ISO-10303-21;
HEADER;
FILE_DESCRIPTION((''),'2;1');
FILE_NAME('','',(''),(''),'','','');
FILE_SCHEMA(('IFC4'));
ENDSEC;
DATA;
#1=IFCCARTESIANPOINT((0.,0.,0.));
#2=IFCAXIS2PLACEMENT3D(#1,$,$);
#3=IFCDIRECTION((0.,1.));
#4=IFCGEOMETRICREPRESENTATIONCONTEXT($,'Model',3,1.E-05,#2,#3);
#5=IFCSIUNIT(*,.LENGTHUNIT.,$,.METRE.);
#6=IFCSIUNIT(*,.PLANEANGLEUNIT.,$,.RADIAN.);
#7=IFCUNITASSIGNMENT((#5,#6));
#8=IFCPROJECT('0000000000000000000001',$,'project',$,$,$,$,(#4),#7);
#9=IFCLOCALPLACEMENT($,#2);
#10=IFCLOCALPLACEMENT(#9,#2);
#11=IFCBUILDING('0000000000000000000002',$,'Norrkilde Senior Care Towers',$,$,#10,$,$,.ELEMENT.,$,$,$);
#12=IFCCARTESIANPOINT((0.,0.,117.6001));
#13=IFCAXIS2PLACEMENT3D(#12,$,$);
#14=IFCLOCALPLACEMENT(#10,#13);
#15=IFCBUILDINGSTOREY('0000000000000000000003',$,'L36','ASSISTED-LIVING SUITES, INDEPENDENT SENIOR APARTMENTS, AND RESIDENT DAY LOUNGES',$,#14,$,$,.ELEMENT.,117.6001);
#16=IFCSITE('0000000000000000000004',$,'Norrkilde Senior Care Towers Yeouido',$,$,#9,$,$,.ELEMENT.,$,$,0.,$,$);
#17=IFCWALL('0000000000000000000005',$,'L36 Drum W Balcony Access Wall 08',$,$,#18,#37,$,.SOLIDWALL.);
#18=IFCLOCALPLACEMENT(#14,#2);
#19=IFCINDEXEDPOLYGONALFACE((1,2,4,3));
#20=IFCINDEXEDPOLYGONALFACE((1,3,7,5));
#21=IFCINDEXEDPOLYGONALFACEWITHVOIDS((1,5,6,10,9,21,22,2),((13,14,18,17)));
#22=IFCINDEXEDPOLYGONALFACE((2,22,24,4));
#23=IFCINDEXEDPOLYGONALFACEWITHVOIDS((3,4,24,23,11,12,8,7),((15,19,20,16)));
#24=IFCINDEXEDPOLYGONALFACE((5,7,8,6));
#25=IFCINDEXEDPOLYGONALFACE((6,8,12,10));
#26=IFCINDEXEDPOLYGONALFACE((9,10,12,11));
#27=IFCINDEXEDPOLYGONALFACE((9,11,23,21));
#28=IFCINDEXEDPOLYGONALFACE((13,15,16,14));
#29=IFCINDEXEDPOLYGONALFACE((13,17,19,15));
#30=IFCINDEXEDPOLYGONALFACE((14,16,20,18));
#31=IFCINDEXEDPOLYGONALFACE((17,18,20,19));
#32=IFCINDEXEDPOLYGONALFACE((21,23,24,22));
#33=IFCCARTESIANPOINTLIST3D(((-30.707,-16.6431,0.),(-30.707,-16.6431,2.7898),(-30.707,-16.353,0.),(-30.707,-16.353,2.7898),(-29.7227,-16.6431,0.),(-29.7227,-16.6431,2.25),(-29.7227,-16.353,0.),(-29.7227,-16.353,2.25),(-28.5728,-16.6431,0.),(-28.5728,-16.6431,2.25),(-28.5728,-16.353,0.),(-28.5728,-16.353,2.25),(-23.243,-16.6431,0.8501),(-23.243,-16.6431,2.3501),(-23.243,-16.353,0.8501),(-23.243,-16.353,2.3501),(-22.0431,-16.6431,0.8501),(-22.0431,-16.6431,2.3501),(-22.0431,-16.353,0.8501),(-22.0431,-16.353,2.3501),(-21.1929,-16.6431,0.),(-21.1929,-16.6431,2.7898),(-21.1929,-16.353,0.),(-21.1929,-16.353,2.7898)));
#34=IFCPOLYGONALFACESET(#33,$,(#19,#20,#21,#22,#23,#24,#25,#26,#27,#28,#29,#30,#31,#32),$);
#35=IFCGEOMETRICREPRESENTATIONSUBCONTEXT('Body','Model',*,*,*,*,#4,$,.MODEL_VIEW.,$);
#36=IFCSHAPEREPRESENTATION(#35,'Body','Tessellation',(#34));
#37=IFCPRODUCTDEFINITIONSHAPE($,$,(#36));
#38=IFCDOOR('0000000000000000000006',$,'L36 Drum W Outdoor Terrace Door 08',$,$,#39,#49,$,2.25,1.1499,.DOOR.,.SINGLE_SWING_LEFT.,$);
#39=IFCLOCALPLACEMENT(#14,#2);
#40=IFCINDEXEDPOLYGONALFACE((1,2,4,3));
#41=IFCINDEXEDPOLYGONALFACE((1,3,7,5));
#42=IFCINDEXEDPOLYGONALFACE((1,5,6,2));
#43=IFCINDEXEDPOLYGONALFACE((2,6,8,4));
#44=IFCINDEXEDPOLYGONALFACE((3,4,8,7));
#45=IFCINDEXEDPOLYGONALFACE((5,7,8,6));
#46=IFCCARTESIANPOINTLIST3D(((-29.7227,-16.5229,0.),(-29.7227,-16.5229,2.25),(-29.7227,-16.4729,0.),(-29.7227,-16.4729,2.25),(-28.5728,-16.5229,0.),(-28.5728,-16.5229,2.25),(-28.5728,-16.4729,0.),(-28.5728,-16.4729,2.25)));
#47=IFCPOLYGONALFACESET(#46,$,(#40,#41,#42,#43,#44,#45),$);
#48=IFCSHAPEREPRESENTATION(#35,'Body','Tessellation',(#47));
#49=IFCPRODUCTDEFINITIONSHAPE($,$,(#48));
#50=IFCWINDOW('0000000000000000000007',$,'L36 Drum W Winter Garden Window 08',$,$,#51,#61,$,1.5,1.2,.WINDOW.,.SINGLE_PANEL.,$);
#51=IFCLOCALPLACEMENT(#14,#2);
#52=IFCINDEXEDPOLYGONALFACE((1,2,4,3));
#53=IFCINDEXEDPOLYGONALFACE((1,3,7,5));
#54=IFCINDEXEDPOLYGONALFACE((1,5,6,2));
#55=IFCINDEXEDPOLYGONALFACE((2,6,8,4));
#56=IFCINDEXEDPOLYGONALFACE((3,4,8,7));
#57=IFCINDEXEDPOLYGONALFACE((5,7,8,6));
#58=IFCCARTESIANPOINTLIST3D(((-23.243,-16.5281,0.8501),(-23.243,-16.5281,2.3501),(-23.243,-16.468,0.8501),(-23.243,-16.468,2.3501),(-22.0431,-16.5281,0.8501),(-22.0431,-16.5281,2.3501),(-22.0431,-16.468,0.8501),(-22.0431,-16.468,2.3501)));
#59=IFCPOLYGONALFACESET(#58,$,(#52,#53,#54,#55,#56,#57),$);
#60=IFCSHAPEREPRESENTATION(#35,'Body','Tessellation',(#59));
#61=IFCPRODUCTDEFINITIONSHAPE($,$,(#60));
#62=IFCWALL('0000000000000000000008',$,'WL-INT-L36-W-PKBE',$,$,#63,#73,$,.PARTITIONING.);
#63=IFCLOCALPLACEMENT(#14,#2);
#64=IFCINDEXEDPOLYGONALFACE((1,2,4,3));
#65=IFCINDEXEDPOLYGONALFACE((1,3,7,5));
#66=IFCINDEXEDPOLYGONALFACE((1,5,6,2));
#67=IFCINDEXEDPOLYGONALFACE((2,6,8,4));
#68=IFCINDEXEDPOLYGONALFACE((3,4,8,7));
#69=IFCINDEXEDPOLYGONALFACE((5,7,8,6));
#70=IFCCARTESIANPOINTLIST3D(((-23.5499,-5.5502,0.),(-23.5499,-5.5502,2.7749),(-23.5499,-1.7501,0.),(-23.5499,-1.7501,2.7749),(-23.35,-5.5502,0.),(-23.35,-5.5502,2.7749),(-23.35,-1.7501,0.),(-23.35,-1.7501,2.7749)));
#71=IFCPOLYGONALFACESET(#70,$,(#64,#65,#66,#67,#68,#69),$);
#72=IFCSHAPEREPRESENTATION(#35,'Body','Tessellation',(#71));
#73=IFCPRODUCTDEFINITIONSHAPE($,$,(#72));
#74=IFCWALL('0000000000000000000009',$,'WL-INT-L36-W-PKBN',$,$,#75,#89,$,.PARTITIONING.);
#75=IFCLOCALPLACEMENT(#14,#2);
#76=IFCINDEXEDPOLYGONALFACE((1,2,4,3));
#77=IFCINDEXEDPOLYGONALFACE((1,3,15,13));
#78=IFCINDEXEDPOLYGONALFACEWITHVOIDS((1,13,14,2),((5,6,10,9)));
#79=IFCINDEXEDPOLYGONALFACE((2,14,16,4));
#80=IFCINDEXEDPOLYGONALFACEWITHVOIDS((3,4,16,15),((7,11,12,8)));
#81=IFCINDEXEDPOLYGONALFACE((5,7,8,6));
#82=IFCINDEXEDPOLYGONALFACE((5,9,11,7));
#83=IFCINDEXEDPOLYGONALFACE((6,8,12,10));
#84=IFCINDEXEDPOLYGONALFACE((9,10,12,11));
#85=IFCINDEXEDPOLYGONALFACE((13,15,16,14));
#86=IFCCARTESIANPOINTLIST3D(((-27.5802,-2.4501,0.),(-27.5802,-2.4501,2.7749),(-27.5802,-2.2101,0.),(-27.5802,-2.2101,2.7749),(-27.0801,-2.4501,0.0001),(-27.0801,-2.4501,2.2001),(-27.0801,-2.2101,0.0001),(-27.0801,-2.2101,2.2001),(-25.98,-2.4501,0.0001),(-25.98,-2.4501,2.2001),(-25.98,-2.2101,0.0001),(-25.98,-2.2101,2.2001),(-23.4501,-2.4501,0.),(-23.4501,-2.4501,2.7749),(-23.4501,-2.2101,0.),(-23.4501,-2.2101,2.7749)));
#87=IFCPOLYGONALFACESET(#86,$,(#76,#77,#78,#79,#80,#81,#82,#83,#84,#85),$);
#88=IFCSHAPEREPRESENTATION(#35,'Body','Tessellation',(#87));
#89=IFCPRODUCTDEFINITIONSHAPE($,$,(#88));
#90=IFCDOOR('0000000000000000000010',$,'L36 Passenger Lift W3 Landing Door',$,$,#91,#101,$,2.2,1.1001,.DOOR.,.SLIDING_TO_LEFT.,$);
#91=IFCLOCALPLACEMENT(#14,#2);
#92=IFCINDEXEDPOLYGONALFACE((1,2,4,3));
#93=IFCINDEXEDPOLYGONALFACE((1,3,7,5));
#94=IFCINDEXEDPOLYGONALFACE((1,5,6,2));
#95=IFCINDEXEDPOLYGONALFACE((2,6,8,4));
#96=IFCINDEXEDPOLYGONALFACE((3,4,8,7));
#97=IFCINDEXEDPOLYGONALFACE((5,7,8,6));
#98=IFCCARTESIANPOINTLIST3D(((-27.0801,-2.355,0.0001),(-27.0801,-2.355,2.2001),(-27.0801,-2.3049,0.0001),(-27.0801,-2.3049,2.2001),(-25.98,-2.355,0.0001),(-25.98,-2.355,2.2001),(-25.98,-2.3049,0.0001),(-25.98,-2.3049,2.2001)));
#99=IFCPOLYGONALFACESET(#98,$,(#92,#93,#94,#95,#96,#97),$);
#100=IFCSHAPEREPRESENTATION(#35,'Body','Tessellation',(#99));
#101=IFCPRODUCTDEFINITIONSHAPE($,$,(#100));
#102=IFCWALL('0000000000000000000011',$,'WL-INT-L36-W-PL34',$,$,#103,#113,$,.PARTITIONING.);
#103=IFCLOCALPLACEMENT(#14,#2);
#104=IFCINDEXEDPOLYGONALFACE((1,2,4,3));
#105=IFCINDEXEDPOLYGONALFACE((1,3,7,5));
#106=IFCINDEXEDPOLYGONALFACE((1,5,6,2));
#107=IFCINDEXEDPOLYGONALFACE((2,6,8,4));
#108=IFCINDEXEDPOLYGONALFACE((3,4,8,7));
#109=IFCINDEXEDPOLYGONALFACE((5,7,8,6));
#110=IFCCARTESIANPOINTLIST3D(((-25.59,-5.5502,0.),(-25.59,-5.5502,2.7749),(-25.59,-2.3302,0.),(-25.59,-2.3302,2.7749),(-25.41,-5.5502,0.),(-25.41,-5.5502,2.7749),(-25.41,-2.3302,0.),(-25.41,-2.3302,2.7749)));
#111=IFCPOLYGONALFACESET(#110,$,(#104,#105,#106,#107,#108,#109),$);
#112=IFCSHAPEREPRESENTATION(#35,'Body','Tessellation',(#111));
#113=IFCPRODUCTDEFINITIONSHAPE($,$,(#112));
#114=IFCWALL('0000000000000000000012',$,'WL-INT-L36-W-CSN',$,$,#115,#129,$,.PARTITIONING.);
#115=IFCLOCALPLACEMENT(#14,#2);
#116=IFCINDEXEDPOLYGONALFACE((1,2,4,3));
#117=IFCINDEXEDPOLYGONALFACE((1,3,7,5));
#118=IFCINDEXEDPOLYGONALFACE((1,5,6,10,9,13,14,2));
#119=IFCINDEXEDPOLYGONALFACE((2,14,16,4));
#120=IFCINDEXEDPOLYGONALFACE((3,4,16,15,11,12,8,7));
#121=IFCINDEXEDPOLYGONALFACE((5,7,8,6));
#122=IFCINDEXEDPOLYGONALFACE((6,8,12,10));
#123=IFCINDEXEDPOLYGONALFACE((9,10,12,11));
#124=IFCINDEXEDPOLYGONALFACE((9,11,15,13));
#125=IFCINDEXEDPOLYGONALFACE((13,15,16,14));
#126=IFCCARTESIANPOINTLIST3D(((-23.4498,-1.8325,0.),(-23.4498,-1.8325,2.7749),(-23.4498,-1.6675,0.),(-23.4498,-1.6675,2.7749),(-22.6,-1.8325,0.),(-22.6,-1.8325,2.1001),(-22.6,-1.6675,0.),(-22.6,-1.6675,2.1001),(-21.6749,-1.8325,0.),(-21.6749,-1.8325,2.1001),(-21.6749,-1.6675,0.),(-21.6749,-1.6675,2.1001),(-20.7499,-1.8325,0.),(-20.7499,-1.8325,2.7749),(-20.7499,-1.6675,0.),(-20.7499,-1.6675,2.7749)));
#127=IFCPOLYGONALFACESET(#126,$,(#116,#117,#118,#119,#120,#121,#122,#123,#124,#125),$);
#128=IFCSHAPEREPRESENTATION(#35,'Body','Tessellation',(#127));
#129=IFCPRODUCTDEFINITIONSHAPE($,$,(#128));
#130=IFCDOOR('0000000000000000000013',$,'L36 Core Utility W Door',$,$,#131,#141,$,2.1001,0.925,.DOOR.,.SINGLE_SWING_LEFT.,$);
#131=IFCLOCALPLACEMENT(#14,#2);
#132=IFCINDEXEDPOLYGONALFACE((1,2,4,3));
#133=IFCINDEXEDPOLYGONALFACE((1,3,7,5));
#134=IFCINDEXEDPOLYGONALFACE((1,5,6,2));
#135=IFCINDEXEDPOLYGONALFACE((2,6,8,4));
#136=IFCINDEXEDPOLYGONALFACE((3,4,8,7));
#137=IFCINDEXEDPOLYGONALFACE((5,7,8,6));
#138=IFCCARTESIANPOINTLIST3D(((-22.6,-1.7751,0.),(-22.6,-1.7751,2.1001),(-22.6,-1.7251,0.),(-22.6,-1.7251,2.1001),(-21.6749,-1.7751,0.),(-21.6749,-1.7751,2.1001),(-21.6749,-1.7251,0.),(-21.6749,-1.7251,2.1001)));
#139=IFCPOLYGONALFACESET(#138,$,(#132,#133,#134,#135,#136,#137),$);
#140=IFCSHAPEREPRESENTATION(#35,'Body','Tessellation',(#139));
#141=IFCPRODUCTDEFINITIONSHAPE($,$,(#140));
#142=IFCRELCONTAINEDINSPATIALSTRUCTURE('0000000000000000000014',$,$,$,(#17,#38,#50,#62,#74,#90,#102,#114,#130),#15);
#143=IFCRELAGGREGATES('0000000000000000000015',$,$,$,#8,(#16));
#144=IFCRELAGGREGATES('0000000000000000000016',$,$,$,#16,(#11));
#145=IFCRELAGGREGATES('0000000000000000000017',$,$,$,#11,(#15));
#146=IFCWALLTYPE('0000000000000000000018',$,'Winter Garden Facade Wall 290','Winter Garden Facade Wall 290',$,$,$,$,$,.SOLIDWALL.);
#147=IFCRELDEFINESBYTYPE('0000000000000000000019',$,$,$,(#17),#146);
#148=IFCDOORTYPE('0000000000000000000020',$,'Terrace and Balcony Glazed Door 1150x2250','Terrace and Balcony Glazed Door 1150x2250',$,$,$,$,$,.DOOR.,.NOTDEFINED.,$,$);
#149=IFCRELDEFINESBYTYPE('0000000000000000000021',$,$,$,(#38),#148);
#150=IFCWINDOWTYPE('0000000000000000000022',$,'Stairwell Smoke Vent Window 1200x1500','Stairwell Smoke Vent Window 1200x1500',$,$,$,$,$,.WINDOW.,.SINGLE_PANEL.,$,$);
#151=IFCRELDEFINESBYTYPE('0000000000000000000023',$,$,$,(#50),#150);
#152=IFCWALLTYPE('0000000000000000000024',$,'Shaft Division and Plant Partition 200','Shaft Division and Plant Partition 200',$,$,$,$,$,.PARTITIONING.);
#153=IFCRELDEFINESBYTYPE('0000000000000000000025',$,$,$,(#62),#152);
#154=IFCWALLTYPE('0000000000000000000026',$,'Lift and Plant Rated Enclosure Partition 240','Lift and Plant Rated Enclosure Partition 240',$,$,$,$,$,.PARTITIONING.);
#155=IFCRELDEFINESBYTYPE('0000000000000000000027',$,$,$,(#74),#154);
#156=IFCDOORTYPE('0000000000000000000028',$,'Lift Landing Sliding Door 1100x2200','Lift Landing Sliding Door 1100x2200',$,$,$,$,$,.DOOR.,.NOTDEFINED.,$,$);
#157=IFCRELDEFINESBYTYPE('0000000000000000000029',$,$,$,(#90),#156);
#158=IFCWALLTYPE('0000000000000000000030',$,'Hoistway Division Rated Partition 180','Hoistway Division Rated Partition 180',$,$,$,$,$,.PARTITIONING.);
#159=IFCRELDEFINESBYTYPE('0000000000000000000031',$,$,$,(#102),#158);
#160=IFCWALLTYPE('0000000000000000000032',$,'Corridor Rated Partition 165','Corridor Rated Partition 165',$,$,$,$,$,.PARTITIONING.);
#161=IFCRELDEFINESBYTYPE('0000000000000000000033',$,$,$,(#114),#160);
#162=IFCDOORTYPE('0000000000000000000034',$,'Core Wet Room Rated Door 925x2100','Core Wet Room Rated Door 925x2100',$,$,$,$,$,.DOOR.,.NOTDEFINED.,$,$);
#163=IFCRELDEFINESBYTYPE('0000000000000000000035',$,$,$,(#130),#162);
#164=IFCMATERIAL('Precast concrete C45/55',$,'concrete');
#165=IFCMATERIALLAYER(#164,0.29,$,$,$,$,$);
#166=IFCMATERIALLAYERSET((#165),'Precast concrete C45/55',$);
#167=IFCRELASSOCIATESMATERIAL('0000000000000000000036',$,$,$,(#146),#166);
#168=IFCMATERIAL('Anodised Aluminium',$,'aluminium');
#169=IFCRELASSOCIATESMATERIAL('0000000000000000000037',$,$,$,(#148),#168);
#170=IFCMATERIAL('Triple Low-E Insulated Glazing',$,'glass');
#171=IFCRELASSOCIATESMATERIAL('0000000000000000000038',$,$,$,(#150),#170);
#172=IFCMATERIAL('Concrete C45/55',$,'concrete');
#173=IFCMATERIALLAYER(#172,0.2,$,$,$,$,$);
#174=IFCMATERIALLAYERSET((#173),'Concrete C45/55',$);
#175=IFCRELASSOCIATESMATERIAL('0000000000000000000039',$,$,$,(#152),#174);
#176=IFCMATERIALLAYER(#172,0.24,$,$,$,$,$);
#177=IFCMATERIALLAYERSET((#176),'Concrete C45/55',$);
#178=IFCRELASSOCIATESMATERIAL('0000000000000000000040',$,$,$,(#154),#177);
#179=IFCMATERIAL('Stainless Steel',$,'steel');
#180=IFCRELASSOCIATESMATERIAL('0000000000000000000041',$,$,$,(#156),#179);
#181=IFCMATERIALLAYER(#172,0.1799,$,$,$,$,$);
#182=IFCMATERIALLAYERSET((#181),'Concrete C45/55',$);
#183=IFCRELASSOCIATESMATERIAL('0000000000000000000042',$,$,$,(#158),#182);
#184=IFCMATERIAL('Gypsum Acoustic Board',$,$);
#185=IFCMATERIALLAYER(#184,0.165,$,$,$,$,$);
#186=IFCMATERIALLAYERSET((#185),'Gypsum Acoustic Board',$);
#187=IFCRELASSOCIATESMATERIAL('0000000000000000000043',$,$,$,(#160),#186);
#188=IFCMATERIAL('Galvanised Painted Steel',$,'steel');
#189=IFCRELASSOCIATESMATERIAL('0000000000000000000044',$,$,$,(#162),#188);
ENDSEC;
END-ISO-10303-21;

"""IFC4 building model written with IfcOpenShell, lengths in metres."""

from ifc_helpers import new_model, si_unit, direction, frame, frame_2d, origin, place, context, subcontext, project, spatial, rectangle, extrude, source, transform, mapped, material, layer, layer_set, type_object, type_shapes, element, fill, save


model = new_model("IFC4")

# Units and contexts
model_context = context("Model", 3, precision=1e-05, world=origin(), true_north=direction((0.0, 1.0)))
body_context = subcontext(model_context, "Body", "Model", "MODEL_VIEW")
ifc_project = project(units=[si_unit("LENGTHUNIT", "METRE"), si_unit("PLANEANGLEUNIT", "RADIAN")], contexts=[model_context])

# Site, building, storey
site_placement = place(None, origin())
site = spatial("IfcSite", under=ifc_project, at=site_placement, Name="Norrkilde Senior Care Towers Yeouido", CompositionType="ELEMENT", RefElevation=0.0)
building_placement = place(site_placement, origin())
building = spatial("IfcBuilding", under=site, at=building_placement, Name="Norrkilde Senior Care Towers", CompositionType="ELEMENT")
storey_placement = place(building_placement, frame((0.0, 0.0, 117.6001)))
storey = spatial("IfcBuildingStorey", under=building, at=storey_placement, Name="L36", Description="ASSISTED-LIVING SUITES, INDEPENDENT SENIOR APARTMENTS, AND RESIDENT DAY LOUNGES", CompositionType="ELEMENT", Elevation=117.6001)

# Shared definitions
ifc_material_1 = material(Name="Triple Low-E Insulated Glazing", Category="glass")
ifc_material_2 = material(Name="Anodised Aluminium", Category="aluminium")

# Wall, openings, door, window
ifc_material_3 = material(Name="Precast concrete C45/55", Category="concrete")
ifc_layer_1 = layer(ifc_material_3, 0.29)
ifc_layer_set_1 = layer_set([ifc_layer_1], Name="Precast concrete C45/55")
wall_type_1 = type_object("IfcWallType", Name="Winter Garden Facade Wall 290", Description="Winter Garden Facade Wall 290", PredefinedType="SOLIDWALL", material=ifc_layer_set_1)
shared_shape_1 = source(origin(), body_context, "Body", "SweptSolid", [
    extrude(rectangle(XDim=9.5142, YDim=0.29, at=frame_2d((4.7571, 0.0))), origin(), (0.0, 0.0, 1.0), 2.7898),
])
type_shapes(wall_type_1, [shared_shape_1])
wall_1_placement = place(storey_placement, frame((-21.1929, -16.498, 0.0), z_axis=(0.0, 0.0, 1.0), x_axis=(-1.0, 0.0, 0.0)))
wall_1 = element("IfcWall", 1, at=wall_1_placement, inside=storey, type_object=wall_type_1, Name="L36 Drum W Balcony Access Wall 08", PredefinedType="SOLIDWALL", context=body_context, shape_type="MappedRepresentation", body=[
    mapped(shared_shape_1, transform((0.0, 0.0, 0.0), x_axis=(1.0, 0.0, 0.0), y_axis=(0.0, 1.0, 0.0), z_axis=(0.0, 0.0, 1.0), scale=1.0)),
])
opening_1_placement = place(wall_1_placement, frame((7.3799, 0.0, 0.0)))
opening_1 = element("IfcOpeningElement", 2, at=opening_1_placement, cuts=wall_1, PredefinedType="OPENING", context=body_context, shape_type="SweptSolid", body=[
    extrude(rectangle(XDim=1.1499, YDim=2.25, at=frame_2d((0.575, 1.125))), frame((0.0, 0.155, 0.0), z_axis=(0.0, -1.0, 0.0), x_axis=(1.0, 0.0, 0.0)), (0.0, 0.0, 1.0), 0.3101),
])
opening_2_placement = place(wall_1_placement, frame((0.8501, 0.0, 0.8501)))
opening_2 = element("IfcOpeningElement", 3, at=opening_2_placement, cuts=wall_1, PredefinedType="OPENING", context=body_context, shape_type="SweptSolid", body=[
    extrude(rectangle(XDim=1.2, YDim=1.5, at=frame_2d((0.6001, 0.75))), frame((0.0, 0.155, 0.0), z_axis=(0.0, -1.0, 0.0), x_axis=(1.0, 0.0, 0.0)), (0.0, 0.0, 1.0), 0.3101),
])
door_type_1 = type_object("IfcDoorType", Name="Terrace and Balcony Glazed Door 1150x2250", Description="Terrace and Balcony Glazed Door 1150x2250", OperationType="NOTDEFINED", PredefinedType="DOOR", material=ifc_material_2)
shared_shape_2 = source(origin(), body_context, "Body", "SweptSolid", [
    extrude(rectangle(XDim=1.1499, YDim=2.25, at=frame_2d((0.575, 1.125))), frame((0.0, 0.0249, 0.0), z_axis=(0.0, -1.0, 0.0), x_axis=(1.0, 0.0, 0.0)), (0.0, 0.0, 1.0), 0.05),
])
type_shapes(door_type_1, [shared_shape_2])
door_1_placement = place(opening_1_placement, origin())
door_1 = element("IfcDoor", 4, at=door_1_placement, inside=storey, type_object=door_type_1, Name="L36 Drum W Outdoor Terrace Door 08", OperationType="SINGLE_SWING_LEFT", OverallHeight=2.25, OverallWidth=1.1499, PredefinedType="DOOR", context=body_context, shape_type="MappedRepresentation", body=[
    mapped(shared_shape_2, transform((0.0, 0.0, 0.0), x_axis=(1.0, 0.0, 0.0), y_axis=(0.0, 1.0, 0.0), z_axis=(0.0, 0.0, 1.0), scale=1.0)),
])
fill(opening_1, door_1)
window_type = type_object("IfcWindowType", Name="Stairwell Smoke Vent Window 1200x1500", Description="Stairwell Smoke Vent Window 1200x1500", PartitioningType="SINGLE_PANEL", PredefinedType="WINDOW", material=ifc_material_1)
shared_shape_3 = source(origin(), body_context, "Body", "SweptSolid", [
    extrude(rectangle(XDim=1.2, YDim=1.5, at=frame_2d((0.6001, 0.75))), frame((0.0, 0.03, 0.0), z_axis=(0.0, -1.0, 0.0), x_axis=(1.0, 0.0, 0.0)), (0.0, 0.0, 1.0), 0.0601),
])
type_shapes(window_type, [shared_shape_3])
window_placement = place(opening_2_placement, origin())
window = element("IfcWindow", 5, at=window_placement, inside=storey, type_object=window_type, Name="L36 Drum W Winter Garden Window 08", OverallHeight=1.5, OverallWidth=1.2, PartitioningType="SINGLE_PANEL", PredefinedType="WINDOW", context=body_context, shape_type="MappedRepresentation", body=[
    mapped(shared_shape_3, transform((0.0, 0.0, 0.0), x_axis=(1.0, 0.0, 0.0), y_axis=(0.0, 1.0, 0.0), z_axis=(0.0, 0.0, 1.0), scale=1.0)),
])
fill(opening_2, window)

# Wall
ifc_material_4 = material(Name="Concrete C45/55", Category="concrete")
ifc_layer_2 = layer(ifc_material_4, 0.2)
ifc_layer_set_2 = layer_set([ifc_layer_2], Name="Concrete C45/55")
wall_type_2 = type_object("IfcWallType", Name="Shaft Division and Plant Partition 200", Description="Shaft Division and Plant Partition 200", PredefinedType="PARTITIONING", material=ifc_layer_set_2)
shared_shape_4 = source(origin(), body_context, "Body", "SweptSolid", [
    extrude(rectangle(XDim=3.8, YDim=0.2, at=frame_2d((1.8999, 0.0))), origin(), (0.0, 0.0, 1.0), 2.7749),
])
type_shapes(wall_type_2, [shared_shape_4])
wall_2_placement = place(storey_placement, frame((-23.45, -5.55, 0.0), z_axis=(0.0, 0.0, 1.0), x_axis=(0.0, 1.0, 0.0)))
element("IfcWall", 6, at=wall_2_placement, inside=storey, type_object=wall_type_2, Name="WL-INT-L36-W-PKBE", PredefinedType="PARTITIONING", context=body_context, shape_type="MappedRepresentation", body=[
    mapped(shared_shape_4, transform((0.0, 0.0, 0.0), x_axis=(1.0, 0.0, 0.0), y_axis=(0.0, 1.0, 0.0), z_axis=(0.0, 0.0, 1.0), scale=1.0)),
])

# Wall, opening, door
ifc_layer_3 = layer(ifc_material_4, 0.24)
ifc_layer_set_3 = layer_set([ifc_layer_3], Name="Concrete C45/55")
wall_type_3 = type_object("IfcWallType", Name="Lift and Plant Rated Enclosure Partition 240", Description="Lift and Plant Rated Enclosure Partition 240", PredefinedType="PARTITIONING", material=ifc_layer_set_3)
shared_shape_5 = source(origin(), body_context, "Body", "SweptSolid", [
    extrude(rectangle(XDim=4.1301, YDim=0.24, at=frame_2d((2.0649, 0.0))), origin(), (0.0, 0.0, 1.0), 2.7749),
])
type_shapes(wall_type_3, [shared_shape_5])
wall_3_placement = place(storey_placement, frame((-27.5801, -2.3301, 0.0), z_axis=(0.0, 0.0, 1.0), x_axis=(1.0, 0.0, 0.0)))
wall_3 = element("IfcWall", 7, at=wall_3_placement, inside=storey, type_object=wall_type_3, Name="WL-INT-L36-W-PKBN", PredefinedType="PARTITIONING", context=body_context, shape_type="MappedRepresentation", body=[
    mapped(shared_shape_5, transform((0.0, 0.0, 0.0), x_axis=(1.0, 0.0, 0.0), y_axis=(0.0, 1.0, 0.0), z_axis=(0.0, 0.0, 1.0), scale=1.0)),
])
opening_3_placement = place(wall_3_placement, frame((0.5, 0.0, 0.0)))
opening_3 = element("IfcOpeningElement", 8, at=opening_3_placement, cuts=wall_3, PredefinedType="OPENING", context=body_context, shape_type="SweptSolid", body=[
    extrude(rectangle(XDim=1.1001, YDim=2.2, at=frame_2d((0.55, 1.1001))), frame((0.0, 0.1299, 0.0), z_axis=(0.0, -1.0, 0.0), x_axis=(1.0, 0.0, 0.0)), (0.0, 0.0, 1.0), 0.26),
])
ifc_material_5 = material(Name="Stainless Steel", Category="steel")
door_type_2 = type_object("IfcDoorType", Name="Lift Landing Sliding Door 1100x2200", Description="Lift Landing Sliding Door 1100x2200", OperationType="NOTDEFINED", PredefinedType="DOOR", material=ifc_material_5)
shared_shape_6 = source(origin(), body_context, "Body", "SweptSolid", [
    extrude(rectangle(XDim=1.1001, YDim=2.2, at=frame_2d((0.55, 1.1001))), frame((0.0, 0.0249, 0.0), z_axis=(0.0, -1.0, 0.0), x_axis=(1.0, 0.0, 0.0)), (0.0, 0.0, 1.0), 0.05),
])
type_shapes(door_type_2, [shared_shape_6])
door_2_placement = place(opening_3_placement, frame((1.1001, 0.0, 0.0), z_axis=(0.0, 0.0, 1.0), x_axis=(-1.0, 0.0, 0.0)))
door_2 = element("IfcDoor", 9, at=door_2_placement, inside=storey, type_object=door_type_2, Name="L36 Passenger Lift W3 Landing Door", OperationType="SLIDING_TO_LEFT", OverallHeight=2.2, OverallWidth=1.1001, PredefinedType="DOOR", context=body_context, shape_type="MappedRepresentation", body=[
    mapped(shared_shape_6, transform((0.0, 0.0, 0.0), x_axis=(1.0, 0.0, 0.0), y_axis=(0.0, 1.0, 0.0), z_axis=(0.0, 0.0, 1.0), scale=1.0)),
])
fill(opening_3, door_2)

# Wall
ifc_layer_4 = layer(ifc_material_4, 0.1799)
ifc_layer_set_4 = layer_set([ifc_layer_4], Name="Concrete C45/55")
wall_type_4 = type_object("IfcWallType", Name="Hoistway Division Rated Partition 180", Description="Hoistway Division Rated Partition 180", PredefinedType="PARTITIONING", material=ifc_layer_set_4)
shared_shape_7 = source(origin(), body_context, "Body", "SweptSolid", [
    extrude(rectangle(XDim=3.22, YDim=0.1799, at=frame_2d((1.6099, 0.0))), origin(), (0.0, 0.0, 1.0), 2.7749),
])
type_shapes(wall_type_4, [shared_shape_7])
wall_4_placement = place(storey_placement, frame((-25.5, -5.55, 0.0), z_axis=(0.0, 0.0, 1.0), x_axis=(0.0, 1.0, 0.0)))
element("IfcWall", 10, at=wall_4_placement, inside=storey, type_object=wall_type_4, Name="WL-INT-L36-W-PL34", PredefinedType="PARTITIONING", context=body_context, shape_type="MappedRepresentation", body=[
    mapped(shared_shape_7, transform((0.0, 0.0, 0.0), x_axis=(1.0, 0.0, 0.0), y_axis=(0.0, 1.0, 0.0), z_axis=(0.0, 0.0, 1.0), scale=1.0)),
])

# Wall, opening, door
ifc_material_6 = material(Name="Gypsum Acoustic Board")
ifc_layer_5 = layer(ifc_material_6, 0.165)
ifc_layer_set_5 = layer_set([ifc_layer_5], Name="Gypsum Acoustic Board")
wall_type_5 = type_object("IfcWallType", Name="Corridor Rated Partition 165", Description="Corridor Rated Partition 165", PredefinedType="PARTITIONING", material=ifc_layer_set_5)
shared_shape_8 = source(origin(), body_context, "Body", "SweptSolid", [
    extrude(rectangle(XDim=2.7, YDim=0.165, at=frame_2d((1.3501, 0.0))), origin(), (0.0, 0.0, 1.0), 2.7749),
])
wall_5_placement = place(storey_placement, frame((-23.45, -1.75, 0.0), z_axis=(0.0, 0.0, 1.0), x_axis=(1.0, 0.0, 0.0)))
wall_5 = element("IfcWall", 11, at=wall_5_placement, inside=storey, type_object=wall_type_5, Name="WL-INT-L36-W-CSN", PredefinedType="PARTITIONING", context=body_context, shape_type="MappedRepresentation", body=[
    mapped(shared_shape_8, transform((0.0, 0.0, 0.0), x_axis=(1.0, 0.0, 0.0), y_axis=(0.0, 1.0, 0.0), z_axis=(0.0, 0.0, 1.0), scale=1.0)),
])
opening_4_placement = place(wall_5_placement, frame((0.8501, 0.0, 0.0)))
opening_4 = element("IfcOpeningElement", 12, at=opening_4_placement, cuts=wall_5, PredefinedType="OPENING", context=body_context, shape_type="SweptSolid", body=[
    extrude(rectangle(XDim=0.925, YDim=2.1001, at=frame_2d((0.4624, 1.05))), frame((0.0, 0.0925, 0.0), z_axis=(0.0, -1.0, 0.0), x_axis=(1.0, 0.0, 0.0)), (0.0, 0.0, 1.0), 0.1851),
])
ifc_material_7 = material(Name="Galvanised Painted Steel", Category="steel")
door_type_3 = type_object("IfcDoorType", Name="Core Wet Room Rated Door 925x2100", Description="Core Wet Room Rated Door 925x2100", OperationType="NOTDEFINED", PredefinedType="DOOR", material=ifc_material_7)
shared_shape_9 = source(origin(), body_context, "Body", "SweptSolid", [
    extrude(rectangle(XDim=0.925, YDim=2.1001, at=frame_2d((0.4624, 1.05))), frame((0.0, 0.0249, 0.0), z_axis=(0.0, -1.0, 0.0), x_axis=(1.0, 0.0, 0.0)), (0.0, 0.0, 1.0), 0.05),
])
type_shapes(door_type_3, [shared_shape_9])
door_3_placement = place(opening_4_placement, origin())
door_3 = element("IfcDoor", 13, at=door_3_placement, inside=storey, type_object=door_type_3, Name="L36 Core Utility W Door", OperationType="SINGLE_SWING_LEFT", OverallHeight=2.1001, OverallWidth=0.925, PredefinedType="DOOR", context=body_context, shape_type="MappedRepresentation", body=[
    mapped(shared_shape_9, transform((0.0, 0.0, 0.0), x_axis=(1.0, 0.0, 0.0), y_axis=(0.0, 1.0, 0.0), z_axis=(0.0, 0.0, 1.0), scale=1.0)),
])
fill(opening_4, door_3)

save(model, "model.ifc")
